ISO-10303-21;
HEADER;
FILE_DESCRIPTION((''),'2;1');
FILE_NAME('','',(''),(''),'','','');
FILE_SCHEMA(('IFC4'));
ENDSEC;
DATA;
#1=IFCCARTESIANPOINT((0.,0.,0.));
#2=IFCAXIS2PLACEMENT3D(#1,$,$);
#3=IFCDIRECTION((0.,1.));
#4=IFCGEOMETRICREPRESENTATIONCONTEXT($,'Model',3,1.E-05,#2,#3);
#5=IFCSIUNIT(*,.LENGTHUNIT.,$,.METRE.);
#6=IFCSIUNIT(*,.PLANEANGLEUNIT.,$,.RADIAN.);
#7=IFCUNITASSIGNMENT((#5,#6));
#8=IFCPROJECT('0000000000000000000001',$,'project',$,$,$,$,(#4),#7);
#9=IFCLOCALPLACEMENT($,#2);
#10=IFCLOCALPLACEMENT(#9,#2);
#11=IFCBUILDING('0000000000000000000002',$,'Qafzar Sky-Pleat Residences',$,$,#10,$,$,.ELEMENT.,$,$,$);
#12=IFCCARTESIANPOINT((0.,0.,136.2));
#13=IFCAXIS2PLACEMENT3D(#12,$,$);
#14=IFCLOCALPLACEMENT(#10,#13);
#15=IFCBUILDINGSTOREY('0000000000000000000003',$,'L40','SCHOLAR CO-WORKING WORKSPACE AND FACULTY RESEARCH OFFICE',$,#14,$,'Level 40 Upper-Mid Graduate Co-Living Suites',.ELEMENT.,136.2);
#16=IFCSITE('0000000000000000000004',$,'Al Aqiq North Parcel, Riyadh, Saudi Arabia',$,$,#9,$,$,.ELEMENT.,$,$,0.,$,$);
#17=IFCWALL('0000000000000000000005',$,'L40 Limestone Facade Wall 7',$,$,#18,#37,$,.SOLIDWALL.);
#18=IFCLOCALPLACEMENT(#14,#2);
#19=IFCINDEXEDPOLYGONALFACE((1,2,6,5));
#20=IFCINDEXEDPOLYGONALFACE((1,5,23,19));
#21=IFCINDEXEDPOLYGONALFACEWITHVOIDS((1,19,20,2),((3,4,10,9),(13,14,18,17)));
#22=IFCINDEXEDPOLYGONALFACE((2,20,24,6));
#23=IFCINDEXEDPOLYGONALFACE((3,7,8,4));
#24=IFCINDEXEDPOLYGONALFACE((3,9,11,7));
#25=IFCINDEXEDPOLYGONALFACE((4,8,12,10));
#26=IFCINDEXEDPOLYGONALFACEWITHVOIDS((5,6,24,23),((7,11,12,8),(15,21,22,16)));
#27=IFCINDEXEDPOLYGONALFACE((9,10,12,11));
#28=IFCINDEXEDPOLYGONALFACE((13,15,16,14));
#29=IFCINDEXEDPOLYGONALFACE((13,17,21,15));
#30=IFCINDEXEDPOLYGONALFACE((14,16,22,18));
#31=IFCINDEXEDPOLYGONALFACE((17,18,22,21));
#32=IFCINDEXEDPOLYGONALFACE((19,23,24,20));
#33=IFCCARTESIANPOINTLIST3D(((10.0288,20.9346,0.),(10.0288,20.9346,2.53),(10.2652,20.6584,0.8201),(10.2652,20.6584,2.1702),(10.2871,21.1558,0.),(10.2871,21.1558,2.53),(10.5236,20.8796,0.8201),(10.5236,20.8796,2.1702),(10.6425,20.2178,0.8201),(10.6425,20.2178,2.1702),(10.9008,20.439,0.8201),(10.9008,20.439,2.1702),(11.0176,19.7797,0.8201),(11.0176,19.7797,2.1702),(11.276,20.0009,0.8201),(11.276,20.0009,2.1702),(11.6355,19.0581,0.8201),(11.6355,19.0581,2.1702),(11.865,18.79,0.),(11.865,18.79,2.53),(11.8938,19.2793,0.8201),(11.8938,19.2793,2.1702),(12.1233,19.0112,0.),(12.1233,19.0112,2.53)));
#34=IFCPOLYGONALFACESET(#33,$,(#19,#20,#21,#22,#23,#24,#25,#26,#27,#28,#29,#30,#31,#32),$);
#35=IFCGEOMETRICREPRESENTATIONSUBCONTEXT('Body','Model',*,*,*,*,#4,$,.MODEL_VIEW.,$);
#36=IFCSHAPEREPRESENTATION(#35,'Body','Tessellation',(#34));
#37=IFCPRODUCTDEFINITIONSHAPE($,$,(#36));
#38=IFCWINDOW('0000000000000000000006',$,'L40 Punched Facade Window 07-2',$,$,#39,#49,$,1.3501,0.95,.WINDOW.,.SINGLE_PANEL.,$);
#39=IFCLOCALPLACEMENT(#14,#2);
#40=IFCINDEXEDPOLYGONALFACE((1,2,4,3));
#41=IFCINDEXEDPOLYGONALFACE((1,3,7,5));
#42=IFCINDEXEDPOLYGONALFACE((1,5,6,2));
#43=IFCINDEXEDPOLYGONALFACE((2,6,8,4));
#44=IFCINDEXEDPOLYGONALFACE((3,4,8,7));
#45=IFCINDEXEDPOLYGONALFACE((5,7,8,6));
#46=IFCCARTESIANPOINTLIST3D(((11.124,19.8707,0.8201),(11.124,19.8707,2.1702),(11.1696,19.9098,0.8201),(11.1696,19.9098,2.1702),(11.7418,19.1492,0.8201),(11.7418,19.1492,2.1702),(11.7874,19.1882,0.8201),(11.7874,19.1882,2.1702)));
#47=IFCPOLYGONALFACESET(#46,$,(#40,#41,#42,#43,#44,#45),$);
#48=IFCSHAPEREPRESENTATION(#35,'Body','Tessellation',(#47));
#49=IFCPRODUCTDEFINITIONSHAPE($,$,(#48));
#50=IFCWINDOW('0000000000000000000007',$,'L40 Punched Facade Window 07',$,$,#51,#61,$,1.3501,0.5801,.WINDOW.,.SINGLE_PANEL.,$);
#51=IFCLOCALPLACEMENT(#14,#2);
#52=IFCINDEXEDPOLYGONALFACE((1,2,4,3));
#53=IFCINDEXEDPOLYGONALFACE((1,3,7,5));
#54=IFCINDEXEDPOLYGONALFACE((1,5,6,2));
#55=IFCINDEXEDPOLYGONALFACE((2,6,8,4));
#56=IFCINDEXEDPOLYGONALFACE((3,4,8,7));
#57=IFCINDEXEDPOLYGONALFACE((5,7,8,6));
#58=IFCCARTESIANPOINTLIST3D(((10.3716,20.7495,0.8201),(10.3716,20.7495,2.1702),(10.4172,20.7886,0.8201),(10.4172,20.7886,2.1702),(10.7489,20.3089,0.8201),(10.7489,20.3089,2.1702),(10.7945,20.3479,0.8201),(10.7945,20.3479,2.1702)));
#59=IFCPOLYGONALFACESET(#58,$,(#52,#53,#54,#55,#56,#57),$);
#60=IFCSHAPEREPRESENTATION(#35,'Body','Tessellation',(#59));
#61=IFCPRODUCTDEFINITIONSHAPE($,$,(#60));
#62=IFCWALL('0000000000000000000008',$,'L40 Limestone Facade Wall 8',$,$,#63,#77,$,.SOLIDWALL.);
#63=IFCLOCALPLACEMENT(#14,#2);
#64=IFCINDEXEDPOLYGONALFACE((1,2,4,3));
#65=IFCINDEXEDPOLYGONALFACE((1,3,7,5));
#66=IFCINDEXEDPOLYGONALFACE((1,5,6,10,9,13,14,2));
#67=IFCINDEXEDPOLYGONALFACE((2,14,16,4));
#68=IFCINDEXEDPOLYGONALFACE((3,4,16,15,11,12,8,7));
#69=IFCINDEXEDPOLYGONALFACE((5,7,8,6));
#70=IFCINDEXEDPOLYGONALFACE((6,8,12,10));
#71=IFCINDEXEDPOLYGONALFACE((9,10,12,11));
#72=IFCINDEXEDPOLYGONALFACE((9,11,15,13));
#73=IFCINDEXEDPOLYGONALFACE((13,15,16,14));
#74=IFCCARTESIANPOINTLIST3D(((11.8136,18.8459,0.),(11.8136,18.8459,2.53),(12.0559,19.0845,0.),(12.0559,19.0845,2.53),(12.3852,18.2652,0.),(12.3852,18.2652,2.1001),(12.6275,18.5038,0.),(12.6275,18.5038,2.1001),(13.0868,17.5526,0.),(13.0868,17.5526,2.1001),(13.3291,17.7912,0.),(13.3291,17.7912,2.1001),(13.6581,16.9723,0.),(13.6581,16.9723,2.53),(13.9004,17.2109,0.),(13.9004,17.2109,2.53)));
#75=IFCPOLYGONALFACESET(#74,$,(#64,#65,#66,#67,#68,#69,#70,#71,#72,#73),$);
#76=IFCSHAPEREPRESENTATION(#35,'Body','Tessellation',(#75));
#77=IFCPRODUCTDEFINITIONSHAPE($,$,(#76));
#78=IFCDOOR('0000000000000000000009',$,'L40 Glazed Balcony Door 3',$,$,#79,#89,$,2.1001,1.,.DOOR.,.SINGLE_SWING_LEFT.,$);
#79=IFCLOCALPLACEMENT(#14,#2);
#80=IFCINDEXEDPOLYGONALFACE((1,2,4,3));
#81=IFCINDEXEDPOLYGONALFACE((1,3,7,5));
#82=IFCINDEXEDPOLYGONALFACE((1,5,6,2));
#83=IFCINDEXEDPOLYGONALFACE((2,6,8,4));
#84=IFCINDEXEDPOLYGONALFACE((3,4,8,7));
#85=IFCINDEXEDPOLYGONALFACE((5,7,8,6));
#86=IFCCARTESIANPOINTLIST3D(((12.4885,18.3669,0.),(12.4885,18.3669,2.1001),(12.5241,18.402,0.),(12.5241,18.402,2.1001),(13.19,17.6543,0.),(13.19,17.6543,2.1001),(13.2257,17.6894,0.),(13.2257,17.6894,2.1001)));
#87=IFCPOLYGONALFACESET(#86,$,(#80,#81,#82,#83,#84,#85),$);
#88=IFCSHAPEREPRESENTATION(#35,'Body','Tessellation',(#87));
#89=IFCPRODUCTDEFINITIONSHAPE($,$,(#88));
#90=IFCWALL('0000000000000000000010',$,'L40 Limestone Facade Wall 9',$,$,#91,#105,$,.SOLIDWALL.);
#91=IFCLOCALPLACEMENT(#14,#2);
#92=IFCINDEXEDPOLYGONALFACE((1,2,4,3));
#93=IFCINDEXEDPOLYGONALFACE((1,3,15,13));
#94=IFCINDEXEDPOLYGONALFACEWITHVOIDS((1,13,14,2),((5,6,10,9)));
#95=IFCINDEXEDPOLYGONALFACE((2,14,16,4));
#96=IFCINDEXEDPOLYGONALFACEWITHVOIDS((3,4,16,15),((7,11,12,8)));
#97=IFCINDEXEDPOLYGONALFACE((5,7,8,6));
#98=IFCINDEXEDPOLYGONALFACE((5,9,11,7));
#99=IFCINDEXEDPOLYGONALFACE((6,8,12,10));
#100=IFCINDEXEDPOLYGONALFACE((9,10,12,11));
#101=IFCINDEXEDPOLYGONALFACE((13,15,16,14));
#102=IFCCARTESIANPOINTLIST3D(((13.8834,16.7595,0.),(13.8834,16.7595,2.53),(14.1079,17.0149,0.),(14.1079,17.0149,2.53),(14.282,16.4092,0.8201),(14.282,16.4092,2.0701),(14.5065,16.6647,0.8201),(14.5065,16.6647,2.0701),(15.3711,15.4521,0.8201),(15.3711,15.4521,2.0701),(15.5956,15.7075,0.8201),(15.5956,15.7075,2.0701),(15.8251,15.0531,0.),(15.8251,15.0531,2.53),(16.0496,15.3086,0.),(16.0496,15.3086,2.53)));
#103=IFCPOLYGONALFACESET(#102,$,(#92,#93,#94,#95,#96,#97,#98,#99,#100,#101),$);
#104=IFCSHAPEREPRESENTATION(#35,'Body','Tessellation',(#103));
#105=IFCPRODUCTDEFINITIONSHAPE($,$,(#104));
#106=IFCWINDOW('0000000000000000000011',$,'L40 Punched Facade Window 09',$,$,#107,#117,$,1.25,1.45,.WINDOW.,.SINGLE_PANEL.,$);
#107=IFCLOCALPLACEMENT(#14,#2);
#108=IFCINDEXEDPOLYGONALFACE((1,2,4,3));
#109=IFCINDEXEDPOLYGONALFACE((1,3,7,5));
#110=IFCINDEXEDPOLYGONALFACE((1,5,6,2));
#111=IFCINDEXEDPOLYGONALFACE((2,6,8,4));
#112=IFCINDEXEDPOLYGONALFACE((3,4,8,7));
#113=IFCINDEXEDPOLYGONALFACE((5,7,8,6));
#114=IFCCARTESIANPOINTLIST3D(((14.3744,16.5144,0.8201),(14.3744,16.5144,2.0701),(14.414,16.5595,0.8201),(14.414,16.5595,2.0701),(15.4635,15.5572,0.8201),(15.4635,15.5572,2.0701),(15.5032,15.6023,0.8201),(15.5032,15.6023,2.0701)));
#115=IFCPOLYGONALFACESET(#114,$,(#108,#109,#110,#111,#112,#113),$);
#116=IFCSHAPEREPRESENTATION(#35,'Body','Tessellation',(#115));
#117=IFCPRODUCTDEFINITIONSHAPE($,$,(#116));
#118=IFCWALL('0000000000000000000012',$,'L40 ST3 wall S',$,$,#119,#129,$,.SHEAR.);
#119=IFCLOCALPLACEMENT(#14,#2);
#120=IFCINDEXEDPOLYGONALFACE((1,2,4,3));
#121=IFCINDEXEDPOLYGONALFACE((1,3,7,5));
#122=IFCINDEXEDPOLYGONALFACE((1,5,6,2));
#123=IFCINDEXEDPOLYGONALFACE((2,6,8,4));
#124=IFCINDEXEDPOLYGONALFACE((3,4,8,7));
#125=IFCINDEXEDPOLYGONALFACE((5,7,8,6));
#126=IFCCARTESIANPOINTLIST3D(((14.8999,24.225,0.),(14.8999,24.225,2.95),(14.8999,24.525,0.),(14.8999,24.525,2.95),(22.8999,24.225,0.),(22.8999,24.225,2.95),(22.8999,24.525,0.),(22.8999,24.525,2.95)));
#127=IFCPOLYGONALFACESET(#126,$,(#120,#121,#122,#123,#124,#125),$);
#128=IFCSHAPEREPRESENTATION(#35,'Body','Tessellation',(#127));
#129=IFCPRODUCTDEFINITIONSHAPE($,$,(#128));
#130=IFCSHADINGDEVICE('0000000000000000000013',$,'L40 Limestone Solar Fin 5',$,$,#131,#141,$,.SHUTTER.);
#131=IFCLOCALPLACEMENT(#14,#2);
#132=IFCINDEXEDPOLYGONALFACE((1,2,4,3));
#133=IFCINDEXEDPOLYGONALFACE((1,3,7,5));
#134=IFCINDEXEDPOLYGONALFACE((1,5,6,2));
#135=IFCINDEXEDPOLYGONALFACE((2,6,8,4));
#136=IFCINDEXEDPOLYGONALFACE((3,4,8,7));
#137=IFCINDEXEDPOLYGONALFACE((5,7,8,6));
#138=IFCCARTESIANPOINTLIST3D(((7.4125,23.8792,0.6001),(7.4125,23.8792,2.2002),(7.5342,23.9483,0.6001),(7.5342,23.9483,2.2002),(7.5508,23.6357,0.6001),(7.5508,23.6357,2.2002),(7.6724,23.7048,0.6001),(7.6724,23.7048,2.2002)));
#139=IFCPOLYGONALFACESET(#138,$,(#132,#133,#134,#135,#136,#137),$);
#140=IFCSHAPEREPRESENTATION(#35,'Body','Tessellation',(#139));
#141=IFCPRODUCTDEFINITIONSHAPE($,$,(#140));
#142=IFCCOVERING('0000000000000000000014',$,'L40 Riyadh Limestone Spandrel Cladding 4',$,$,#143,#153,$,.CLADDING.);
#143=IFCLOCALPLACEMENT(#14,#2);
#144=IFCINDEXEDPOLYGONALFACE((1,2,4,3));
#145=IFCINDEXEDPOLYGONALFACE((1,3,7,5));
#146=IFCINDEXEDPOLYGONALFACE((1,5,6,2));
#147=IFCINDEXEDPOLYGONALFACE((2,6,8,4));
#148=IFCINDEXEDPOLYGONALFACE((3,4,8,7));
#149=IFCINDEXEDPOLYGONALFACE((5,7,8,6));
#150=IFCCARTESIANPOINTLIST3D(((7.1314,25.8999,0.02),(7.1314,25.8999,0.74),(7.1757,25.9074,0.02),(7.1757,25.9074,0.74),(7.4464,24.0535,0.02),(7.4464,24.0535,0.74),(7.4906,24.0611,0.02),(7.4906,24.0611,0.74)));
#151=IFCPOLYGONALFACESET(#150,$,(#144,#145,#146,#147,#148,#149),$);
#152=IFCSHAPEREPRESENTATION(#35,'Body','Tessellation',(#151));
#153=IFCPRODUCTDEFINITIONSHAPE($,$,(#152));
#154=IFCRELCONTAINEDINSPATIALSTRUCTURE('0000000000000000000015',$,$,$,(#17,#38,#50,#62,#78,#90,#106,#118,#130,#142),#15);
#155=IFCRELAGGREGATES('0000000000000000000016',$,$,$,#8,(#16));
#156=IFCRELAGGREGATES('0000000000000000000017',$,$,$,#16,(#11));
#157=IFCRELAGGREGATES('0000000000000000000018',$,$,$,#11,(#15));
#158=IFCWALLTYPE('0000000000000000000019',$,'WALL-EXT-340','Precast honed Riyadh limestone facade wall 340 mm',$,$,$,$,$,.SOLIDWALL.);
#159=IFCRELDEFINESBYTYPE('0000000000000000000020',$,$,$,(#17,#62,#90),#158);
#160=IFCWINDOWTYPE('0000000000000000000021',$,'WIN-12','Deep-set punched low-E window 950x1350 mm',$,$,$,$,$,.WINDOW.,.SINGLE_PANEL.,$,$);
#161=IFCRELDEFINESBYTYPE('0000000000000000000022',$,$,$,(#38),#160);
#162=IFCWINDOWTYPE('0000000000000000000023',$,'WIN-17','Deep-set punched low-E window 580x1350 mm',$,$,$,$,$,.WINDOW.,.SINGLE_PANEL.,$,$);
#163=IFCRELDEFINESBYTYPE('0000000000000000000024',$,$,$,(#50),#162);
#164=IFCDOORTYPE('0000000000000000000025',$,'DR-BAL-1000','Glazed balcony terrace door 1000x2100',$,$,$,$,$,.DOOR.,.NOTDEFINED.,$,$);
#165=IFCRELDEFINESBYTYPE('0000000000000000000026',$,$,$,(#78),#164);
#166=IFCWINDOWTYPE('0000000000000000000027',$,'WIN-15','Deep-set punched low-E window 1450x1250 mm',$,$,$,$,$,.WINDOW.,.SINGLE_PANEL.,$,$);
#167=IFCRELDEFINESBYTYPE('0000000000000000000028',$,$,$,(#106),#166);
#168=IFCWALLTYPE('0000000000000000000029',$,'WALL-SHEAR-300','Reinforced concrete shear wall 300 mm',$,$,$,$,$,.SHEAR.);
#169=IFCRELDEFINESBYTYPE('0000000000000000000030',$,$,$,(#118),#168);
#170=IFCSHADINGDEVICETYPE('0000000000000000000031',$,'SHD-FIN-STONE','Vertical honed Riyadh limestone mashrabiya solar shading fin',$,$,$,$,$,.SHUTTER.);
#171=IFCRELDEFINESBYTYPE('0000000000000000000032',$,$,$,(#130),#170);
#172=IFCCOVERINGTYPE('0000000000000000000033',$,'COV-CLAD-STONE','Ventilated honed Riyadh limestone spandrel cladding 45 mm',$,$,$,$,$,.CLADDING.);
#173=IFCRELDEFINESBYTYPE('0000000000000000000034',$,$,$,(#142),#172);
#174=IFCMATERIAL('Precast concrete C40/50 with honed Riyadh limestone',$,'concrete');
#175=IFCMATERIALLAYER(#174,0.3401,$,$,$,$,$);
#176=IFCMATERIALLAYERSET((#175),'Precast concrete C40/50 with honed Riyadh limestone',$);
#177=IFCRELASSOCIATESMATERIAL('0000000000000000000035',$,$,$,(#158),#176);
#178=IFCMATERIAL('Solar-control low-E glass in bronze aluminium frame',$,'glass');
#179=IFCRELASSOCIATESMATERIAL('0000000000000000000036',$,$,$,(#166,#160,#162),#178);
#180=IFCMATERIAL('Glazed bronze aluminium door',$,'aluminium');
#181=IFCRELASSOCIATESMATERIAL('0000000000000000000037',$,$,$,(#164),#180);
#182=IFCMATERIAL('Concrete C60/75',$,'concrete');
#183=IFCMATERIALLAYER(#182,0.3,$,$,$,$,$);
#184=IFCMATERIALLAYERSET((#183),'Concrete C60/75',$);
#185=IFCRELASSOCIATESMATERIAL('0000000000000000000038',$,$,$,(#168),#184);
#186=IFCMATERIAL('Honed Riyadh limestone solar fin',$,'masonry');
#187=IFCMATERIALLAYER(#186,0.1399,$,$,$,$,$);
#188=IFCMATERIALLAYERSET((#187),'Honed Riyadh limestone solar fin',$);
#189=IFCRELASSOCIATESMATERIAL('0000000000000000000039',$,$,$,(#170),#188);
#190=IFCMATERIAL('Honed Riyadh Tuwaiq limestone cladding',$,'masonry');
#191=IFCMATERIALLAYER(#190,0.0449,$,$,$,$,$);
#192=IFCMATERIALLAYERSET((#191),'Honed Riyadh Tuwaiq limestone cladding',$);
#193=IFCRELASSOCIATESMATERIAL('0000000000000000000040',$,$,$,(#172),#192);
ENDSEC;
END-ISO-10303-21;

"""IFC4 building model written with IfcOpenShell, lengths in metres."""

from ifc_helpers import new_model, si_unit, direction, frame, frame_2d, origin, origin_2d, place, context, subcontext, project, spatial, rectangle, extrude, source, transform, mapped, material, layer, layer_set, type_object, element, fill, save


model = new_model("IFC4")

# Units and contexts
model_context = context("Model", 3, precision=1e-05, world=origin(), true_north=direction((0.0, 1.0)))
body_context = subcontext(model_context, "Body", "Model", "MODEL_VIEW")
ifc_project = project(units=[si_unit("LENGTHUNIT", "METRE"), si_unit("PLANEANGLEUNIT", "RADIAN")], contexts=[model_context])

# Site, building, storey
site_placement = place(None, origin())
site = spatial("IfcSite", under=ifc_project, at=site_placement, Name="Al Aqiq North Parcel, Riyadh, Saudi Arabia", CompositionType="ELEMENT", RefElevation=0.0)
building_placement = place(site_placement, origin())
building = spatial("IfcBuilding", under=site, at=building_placement, Name="Qafzar Sky-Pleat Residences", CompositionType="ELEMENT")
storey_placement = place(building_placement, frame((0.0, 0.0, 136.2)))
storey = spatial("IfcBuildingStorey", under=building, at=storey_placement, Name="L40", Description="SCHOLAR CO-WORKING WORKSPACE AND FACULTY RESEARCH OFFICE", LongName="Level 40 Upper-Mid Graduate Co-Living Suites", CompositionType="ELEMENT", Elevation=136.2)

# Shared definitions
ifc_material_1 = material(Name="Precast concrete C40/50 with honed Riyadh limestone", Category="concrete")
ifc_layer_1 = layer(ifc_material_1, 0.3401)
ifc_layer_set_1 = layer_set([ifc_layer_1], Name="Precast concrete C40/50 with honed Riyadh limestone")
wall_type_1 = type_object("IfcWallType", Name="WALL-EXT-340", Description="Precast honed Riyadh limestone facade wall 340 mm", PredefinedType="SOLIDWALL", material=ifc_layer_set_1)
ifc_material_2 = material(Name="Solar-control low-E glass in bronze aluminium frame", Category="glass")
window_type_1 = type_object("IfcWindowType", Name="WIN-15", Description="Deep-set punched low-E window 1450x1250 mm", PartitioningType="SINGLE_PANEL", PredefinedType="WINDOW", material=ifc_material_2)
shared_shape_1 = source(origin(), body_context, "Body", "SweptSolid", [
    extrude(rectangle(XDim=1.45, YDim=1.25, at=frame_2d((0.7251, 0.625))), frame((0.0, 0.03, 0.0), z_axis=(0.0, -1.0, 0.0), x_axis=(1.0, 0.0, 0.0)), (0.0, 0.0, 1.0), 0.0601),
])

# Wall, openings, windows
wall_1_placement = place(storey_placement, frame((10.158, 21.0452, 0.0), z_axis=(0.0, 0.0, 1.0), x_axis=(0.650385, -0.759604, 0.0)))
wall_1 = element("IfcWall", 1, at=wall_1_placement, inside=storey, type_object=wall_type_1, Name="L40 Limestone Facade Wall 7", PredefinedType="SOLIDWALL", context=body_context, shape_type="SweptSolid", body=[
    extrude(rectangle(XDim=2.8232, YDim=0.3401, at=frame_2d((1.4116, 0.0))), origin(), (0.0, 0.0, 1.0), 2.53),
])
opening_1_placement = place(wall_1_placement, frame((0.3635, 0.0, 0.8201)))
opening_1 = element("IfcOpeningElement", 2, at=opening_1_placement, cuts=wall_1, PredefinedType="OPENING", context=body_context, shape_type="SweptSolid", body=[
    extrude(rectangle(XDim=0.5801, YDim=1.3501, at=frame_2d((0.29, 0.675))), frame((0.0, 0.1802, 0.0), z_axis=(0.0, -1.0, 0.0), x_axis=(1.0, 0.0, 0.0)), (0.0, 0.0, 1.0), 0.3601),
])
opening_2_placement = place(wall_1_placement, frame((1.5203, 0.0, 0.8201)))
opening_2 = element("IfcOpeningElement", 3, at=opening_2_placement, cuts=wall_1, PredefinedType="OPENING", context=body_context, shape_type="SweptSolid", body=[
    extrude(rectangle(XDim=0.95, YDim=1.3501, at=frame_2d((0.4751, 0.675))), frame((0.0, 0.1802, 0.0), z_axis=(0.0, -1.0, 0.0), x_axis=(1.0, 0.0, 0.0)), (0.0, 0.0, 1.0), 0.3601),
])
window_type_2 = type_object("IfcWindowType", Name="WIN-12", Description="Deep-set punched low-E window 950x1350 mm", PartitioningType="SINGLE_PANEL", PredefinedType="WINDOW", material=ifc_material_2)
shared_shape_2 = source(origin(), body_context, "Body", "SweptSolid", [
    extrude(rectangle(XDim=0.95, YDim=1.3501, at=frame_2d((0.4751, 0.675))), frame((0.0, 0.03, 0.0), z_axis=(0.0, -1.0, 0.0), x_axis=(1.0, 0.0, 0.0)), (0.0, 0.0, 1.0), 0.0601),
])
window_1_placement = place(opening_2_placement, origin())
window_1 = element("IfcWindow", 4, at=window_1_placement, inside=storey, type_object=window_type_2, Name="L40 Punched Facade Window 07-2", OverallHeight=1.3501, OverallWidth=0.95, PartitioningType="SINGLE_PANEL", PredefinedType="WINDOW", context=body_context, shape_type="MappedRepresentation", body=[
    mapped(shared_shape_2, transform((0.0, 0.0, 0.0), x_axis=(1.0, 0.0, 0.0), y_axis=(0.0, 1.0, 0.0), z_axis=(0.0, 0.0, 1.0), scale=1.0)),
])
fill(opening_2, window_1)
window_type_3 = type_object("IfcWindowType", Name="WIN-17", Description="Deep-set punched low-E window 580x1350 mm", PartitioningType="SINGLE_PANEL", PredefinedType="WINDOW", material=ifc_material_2)
shared_shape_3 = source(origin(), body_context, "Body", "SweptSolid", [
    extrude(rectangle(XDim=0.5801, YDim=1.3501, at=frame_2d((0.29, 0.675))), frame((0.0, 0.03, 0.0), z_axis=(0.0, -1.0, 0.0), x_axis=(1.0, 0.0, 0.0)), (0.0, 0.0, 1.0), 0.0601),
])
window_2_placement = place(opening_1_placement, origin())
window_2 = element("IfcWindow", 5, at=window_2_placement, inside=storey, type_object=window_type_3, Name="L40 Punched Facade Window 07", OverallHeight=1.3501, OverallWidth=0.5801, PartitioningType="SINGLE_PANEL", PredefinedType="WINDOW", context=body_context, shape_type="MappedRepresentation", body=[
    mapped(shared_shape_3, transform((0.0, 0.0, 0.0), x_axis=(1.0, 0.0, 0.0), y_axis=(0.0, 1.0, 0.0), z_axis=(0.0, 0.0, 1.0), scale=1.0)),
])
fill(opening_1, window_2)

# Wall, opening, door
wall_2_placement = place(storey_placement, frame((11.9348, 18.9651, 0.0), z_axis=(0.0, 0.0, 1.0), x_axis=(0.70156, -0.71261, 0.0)))
wall_2 = element("IfcWall", 6, at=wall_2_placement, inside=storey, type_object=wall_type_1, Name="L40 Limestone Facade Wall 8", PredefinedType="SOLIDWALL", context=body_context, shape_type="SweptSolid", body=[
    extrude(rectangle(XDim=2.6292, YDim=0.3401, at=frame_2d((1.3145, 0.0))), origin(), (0.0, 0.0, 1.0), 2.53),
])
opening_3_placement = place(wall_2_placement, frame((0.8147, 0.0, 0.0)))
opening_3 = element("IfcOpeningElement", 7, at=opening_3_placement, cuts=wall_2, PredefinedType="OPENING", context=body_context, shape_type="SweptSolid", body=[
    extrude(rectangle(XDim=1.0, YDim=2.1001, at=frame_2d((0.5, 1.05))), frame((0.0, 0.1802, 0.0), z_axis=(0.0, -1.0, 0.0), x_axis=(1.0, 0.0, 0.0)), (0.0, 0.0, 1.0), 0.3601),
])
ifc_material_3 = material(Name="Glazed bronze aluminium door", Category="aluminium")
door_type = type_object("IfcDoorType", Name="DR-BAL-1000", Description="Glazed balcony terrace door 1000x2100", OperationType="NOTDEFINED", PredefinedType="DOOR", material=ifc_material_3)
shared_shape_4 = source(origin(), body_context, "Body", "SweptSolid", [
    extrude(rectangle(XDim=1.0, YDim=2.1001, at=frame_2d((0.5, 1.05))), frame((0.0, 0.0249, 0.0), z_axis=(0.0, -1.0, 0.0), x_axis=(1.0, 0.0, 0.0)), (0.0, 0.0, 1.0), 0.05),
])
door_placement = place(opening_3_placement, origin())
door = element("IfcDoor", 8, at=door_placement, inside=storey, type_object=door_type, Name="L40 Glazed Balcony Door 3", OperationType="SINGLE_SWING_LEFT", OverallHeight=2.1001, OverallWidth=1.0, PredefinedType="DOOR", context=body_context, shape_type="MappedRepresentation", body=[
    mapped(shared_shape_4, transform((0.0, 0.0, 0.0), x_axis=(1.0, 0.0, 0.0), y_axis=(0.0, 1.0, 0.0), z_axis=(0.0, 0.0, 1.0), scale=1.0)),
])
fill(opening_3, door)

# Wall, opening, window
wall_3_placement = place(storey_placement, frame((13.9956, 16.8872, 0.0), z_axis=(0.0, 0.0, 1.0), x_axis=(0.751165, -0.660115, 0.0)))
wall_3 = element("IfcWall", 9, at=wall_3_placement, inside=storey, type_object=wall_type_1, Name="L40 Limestone Facade Wall 9", PredefinedType="SOLIDWALL", context=body_context, shape_type="SweptSolid", body=[
    extrude(rectangle(XDim=2.585, YDim=0.3401, at=frame_2d((1.2925, 0.0))), origin(), (0.0, 0.0, 1.0), 2.53),
])
opening_4_placement = place(wall_3_placement, frame((0.5305, 0.0, 0.8201)))
opening_4 = element("IfcOpeningElement", 10, at=opening_4_placement, cuts=wall_3, PredefinedType="OPENING", context=body_context, shape_type="SweptSolid", body=[
    extrude(rectangle(XDim=1.45, YDim=1.25, at=frame_2d((0.7251, 0.625))), frame((0.0, 0.1802, 0.0), z_axis=(0.0, -1.0, 0.0), x_axis=(1.0, 0.0, 0.0)), (0.0, 0.0, 1.0), 0.3601),
])
window_3_placement = place(opening_4_placement, origin())
window_3 = element("IfcWindow", 11, at=window_3_placement, inside=storey, type_object=window_type_1, Name="L40 Punched Facade Window 09", OverallHeight=1.25, OverallWidth=1.45, PartitioningType="SINGLE_PANEL", PredefinedType="WINDOW", context=body_context, shape_type="MappedRepresentation", body=[
    mapped(shared_shape_1, transform((0.0, 0.0, 0.0), x_axis=(1.0, 0.0, 0.0), y_axis=(0.0, 1.0, 0.0), z_axis=(0.0, 0.0, 1.0), scale=1.0)),
])
fill(opening_4, window_3)

# Wall
ifc_material_4 = material(Name="Concrete C60/75", Category="concrete")
ifc_layer_2 = layer(ifc_material_4, 0.3)
ifc_layer_set_2 = layer_set([ifc_layer_2], Name="Concrete C60/75")
wall_type_2 = type_object("IfcWallType", Name="WALL-SHEAR-300", Description="Reinforced concrete shear wall 300 mm", PredefinedType="SHEAR", material=ifc_layer_set_2)
wall_4_placement = place(storey_placement, frame((14.8999, 24.375, 0.0), z_axis=(0.0, 0.0, 1.0), x_axis=(1.0, 0.0, 0.0)))
element("IfcWall", 12, at=wall_4_placement, inside=storey, type_object=wall_type_2, Name="L40 ST3 wall S", PredefinedType="SHEAR", context=body_context, shape_type="SweptSolid", body=[
    extrude(rectangle(XDim=8.0, YDim=0.3, at=frame_2d((4.0, 0.0))), origin(), (0.0, 0.0, 1.0), 2.95),
])

# Shading device
ifc_material_5 = material(Name="Honed Riyadh limestone solar fin", Category="masonry")
ifc_layer_3 = layer(ifc_material_5, 0.1399)
ifc_layer_set_3 = layer_set([ifc_layer_3], Name="Honed Riyadh limestone solar fin")
shading_device_type = type_object("IfcShadingDeviceType", Name="SHD-FIN-STONE", Description="Vertical honed Riyadh limestone mashrabiya solar shading fin", PredefinedType="SHUTTER", material=ifc_layer_set_3)
shared_shape_5 = source(origin(), body_context, "Body", "SweptSolid", [
    extrude(rectangle(XDim=0.1399, YDim=0.28, at=origin_2d()), origin(), (0.0, 0.0, 1.0), 1.6001),
])
shading_device_placement = place(storey_placement, frame((7.5425, 23.792, 0.6001), z_axis=(0.0, 0.0, 1.0), x_axis=(-0.869615, -0.493731, 0.0)))
element("IfcShadingDevice", 13, at=shading_device_placement, inside=storey, type_object=shading_device_type, Name="L40 Limestone Solar Fin 5", PredefinedType="SHUTTER", context=body_context, shape_type="MappedRepresentation", body=[
    mapped(shared_shape_5, transform((0.0, 0.0, 0.0), x_axis=(1.0, 0.0, 0.0), y_axis=(0.0, 1.0, 0.0), z_axis=(0.0, 0.0, 1.0), scale=1.0)),
])

# Covering
ifc_material_6 = material(Name="Honed Riyadh Tuwaiq limestone cladding", Category="masonry")
ifc_layer_4 = layer(ifc_material_6, 0.0449)
ifc_layer_set_4 = layer_set([ifc_layer_4], Name="Honed Riyadh Tuwaiq limestone cladding")
covering_type = type_object("IfcCoveringType", Name="COV-CLAD-STONE", Description="Ventilated honed Riyadh limestone spandrel cladding 45 mm", PredefinedType="CLADDING", material=ifc_layer_set_4)
shared_shape_6 = source(origin(), body_context, "Body", "SweptSolid", [
    extrude(rectangle(XDim=1.873, YDim=0.0449, at=origin_2d()), origin(), (0.0, 0.0, 1.0), 0.72),
])
covering_1_placement = place(storey_placement, frame((7.311, 24.9805, 0.02), z_axis=(0.0, 0.0, 1.0), x_axis=(0.16813, -0.985765, 0.0)))
element("IfcCovering", 14, at=covering_1_placement, inside=storey, type_object=covering_type, Name="L40 Riyadh Limestone Spandrel Cladding 4", PredefinedType="CLADDING", context=body_context, shape_type="MappedRepresentation", body=[
    mapped(shared_shape_6, transform((0.0, 0.0, 0.0), x_axis=(1.0, 0.0, 0.0), y_axis=(0.0, 1.0, 0.0), z_axis=(0.0, 0.0, 1.0), scale=1.0)),
])

save(model, "model.ifc")
